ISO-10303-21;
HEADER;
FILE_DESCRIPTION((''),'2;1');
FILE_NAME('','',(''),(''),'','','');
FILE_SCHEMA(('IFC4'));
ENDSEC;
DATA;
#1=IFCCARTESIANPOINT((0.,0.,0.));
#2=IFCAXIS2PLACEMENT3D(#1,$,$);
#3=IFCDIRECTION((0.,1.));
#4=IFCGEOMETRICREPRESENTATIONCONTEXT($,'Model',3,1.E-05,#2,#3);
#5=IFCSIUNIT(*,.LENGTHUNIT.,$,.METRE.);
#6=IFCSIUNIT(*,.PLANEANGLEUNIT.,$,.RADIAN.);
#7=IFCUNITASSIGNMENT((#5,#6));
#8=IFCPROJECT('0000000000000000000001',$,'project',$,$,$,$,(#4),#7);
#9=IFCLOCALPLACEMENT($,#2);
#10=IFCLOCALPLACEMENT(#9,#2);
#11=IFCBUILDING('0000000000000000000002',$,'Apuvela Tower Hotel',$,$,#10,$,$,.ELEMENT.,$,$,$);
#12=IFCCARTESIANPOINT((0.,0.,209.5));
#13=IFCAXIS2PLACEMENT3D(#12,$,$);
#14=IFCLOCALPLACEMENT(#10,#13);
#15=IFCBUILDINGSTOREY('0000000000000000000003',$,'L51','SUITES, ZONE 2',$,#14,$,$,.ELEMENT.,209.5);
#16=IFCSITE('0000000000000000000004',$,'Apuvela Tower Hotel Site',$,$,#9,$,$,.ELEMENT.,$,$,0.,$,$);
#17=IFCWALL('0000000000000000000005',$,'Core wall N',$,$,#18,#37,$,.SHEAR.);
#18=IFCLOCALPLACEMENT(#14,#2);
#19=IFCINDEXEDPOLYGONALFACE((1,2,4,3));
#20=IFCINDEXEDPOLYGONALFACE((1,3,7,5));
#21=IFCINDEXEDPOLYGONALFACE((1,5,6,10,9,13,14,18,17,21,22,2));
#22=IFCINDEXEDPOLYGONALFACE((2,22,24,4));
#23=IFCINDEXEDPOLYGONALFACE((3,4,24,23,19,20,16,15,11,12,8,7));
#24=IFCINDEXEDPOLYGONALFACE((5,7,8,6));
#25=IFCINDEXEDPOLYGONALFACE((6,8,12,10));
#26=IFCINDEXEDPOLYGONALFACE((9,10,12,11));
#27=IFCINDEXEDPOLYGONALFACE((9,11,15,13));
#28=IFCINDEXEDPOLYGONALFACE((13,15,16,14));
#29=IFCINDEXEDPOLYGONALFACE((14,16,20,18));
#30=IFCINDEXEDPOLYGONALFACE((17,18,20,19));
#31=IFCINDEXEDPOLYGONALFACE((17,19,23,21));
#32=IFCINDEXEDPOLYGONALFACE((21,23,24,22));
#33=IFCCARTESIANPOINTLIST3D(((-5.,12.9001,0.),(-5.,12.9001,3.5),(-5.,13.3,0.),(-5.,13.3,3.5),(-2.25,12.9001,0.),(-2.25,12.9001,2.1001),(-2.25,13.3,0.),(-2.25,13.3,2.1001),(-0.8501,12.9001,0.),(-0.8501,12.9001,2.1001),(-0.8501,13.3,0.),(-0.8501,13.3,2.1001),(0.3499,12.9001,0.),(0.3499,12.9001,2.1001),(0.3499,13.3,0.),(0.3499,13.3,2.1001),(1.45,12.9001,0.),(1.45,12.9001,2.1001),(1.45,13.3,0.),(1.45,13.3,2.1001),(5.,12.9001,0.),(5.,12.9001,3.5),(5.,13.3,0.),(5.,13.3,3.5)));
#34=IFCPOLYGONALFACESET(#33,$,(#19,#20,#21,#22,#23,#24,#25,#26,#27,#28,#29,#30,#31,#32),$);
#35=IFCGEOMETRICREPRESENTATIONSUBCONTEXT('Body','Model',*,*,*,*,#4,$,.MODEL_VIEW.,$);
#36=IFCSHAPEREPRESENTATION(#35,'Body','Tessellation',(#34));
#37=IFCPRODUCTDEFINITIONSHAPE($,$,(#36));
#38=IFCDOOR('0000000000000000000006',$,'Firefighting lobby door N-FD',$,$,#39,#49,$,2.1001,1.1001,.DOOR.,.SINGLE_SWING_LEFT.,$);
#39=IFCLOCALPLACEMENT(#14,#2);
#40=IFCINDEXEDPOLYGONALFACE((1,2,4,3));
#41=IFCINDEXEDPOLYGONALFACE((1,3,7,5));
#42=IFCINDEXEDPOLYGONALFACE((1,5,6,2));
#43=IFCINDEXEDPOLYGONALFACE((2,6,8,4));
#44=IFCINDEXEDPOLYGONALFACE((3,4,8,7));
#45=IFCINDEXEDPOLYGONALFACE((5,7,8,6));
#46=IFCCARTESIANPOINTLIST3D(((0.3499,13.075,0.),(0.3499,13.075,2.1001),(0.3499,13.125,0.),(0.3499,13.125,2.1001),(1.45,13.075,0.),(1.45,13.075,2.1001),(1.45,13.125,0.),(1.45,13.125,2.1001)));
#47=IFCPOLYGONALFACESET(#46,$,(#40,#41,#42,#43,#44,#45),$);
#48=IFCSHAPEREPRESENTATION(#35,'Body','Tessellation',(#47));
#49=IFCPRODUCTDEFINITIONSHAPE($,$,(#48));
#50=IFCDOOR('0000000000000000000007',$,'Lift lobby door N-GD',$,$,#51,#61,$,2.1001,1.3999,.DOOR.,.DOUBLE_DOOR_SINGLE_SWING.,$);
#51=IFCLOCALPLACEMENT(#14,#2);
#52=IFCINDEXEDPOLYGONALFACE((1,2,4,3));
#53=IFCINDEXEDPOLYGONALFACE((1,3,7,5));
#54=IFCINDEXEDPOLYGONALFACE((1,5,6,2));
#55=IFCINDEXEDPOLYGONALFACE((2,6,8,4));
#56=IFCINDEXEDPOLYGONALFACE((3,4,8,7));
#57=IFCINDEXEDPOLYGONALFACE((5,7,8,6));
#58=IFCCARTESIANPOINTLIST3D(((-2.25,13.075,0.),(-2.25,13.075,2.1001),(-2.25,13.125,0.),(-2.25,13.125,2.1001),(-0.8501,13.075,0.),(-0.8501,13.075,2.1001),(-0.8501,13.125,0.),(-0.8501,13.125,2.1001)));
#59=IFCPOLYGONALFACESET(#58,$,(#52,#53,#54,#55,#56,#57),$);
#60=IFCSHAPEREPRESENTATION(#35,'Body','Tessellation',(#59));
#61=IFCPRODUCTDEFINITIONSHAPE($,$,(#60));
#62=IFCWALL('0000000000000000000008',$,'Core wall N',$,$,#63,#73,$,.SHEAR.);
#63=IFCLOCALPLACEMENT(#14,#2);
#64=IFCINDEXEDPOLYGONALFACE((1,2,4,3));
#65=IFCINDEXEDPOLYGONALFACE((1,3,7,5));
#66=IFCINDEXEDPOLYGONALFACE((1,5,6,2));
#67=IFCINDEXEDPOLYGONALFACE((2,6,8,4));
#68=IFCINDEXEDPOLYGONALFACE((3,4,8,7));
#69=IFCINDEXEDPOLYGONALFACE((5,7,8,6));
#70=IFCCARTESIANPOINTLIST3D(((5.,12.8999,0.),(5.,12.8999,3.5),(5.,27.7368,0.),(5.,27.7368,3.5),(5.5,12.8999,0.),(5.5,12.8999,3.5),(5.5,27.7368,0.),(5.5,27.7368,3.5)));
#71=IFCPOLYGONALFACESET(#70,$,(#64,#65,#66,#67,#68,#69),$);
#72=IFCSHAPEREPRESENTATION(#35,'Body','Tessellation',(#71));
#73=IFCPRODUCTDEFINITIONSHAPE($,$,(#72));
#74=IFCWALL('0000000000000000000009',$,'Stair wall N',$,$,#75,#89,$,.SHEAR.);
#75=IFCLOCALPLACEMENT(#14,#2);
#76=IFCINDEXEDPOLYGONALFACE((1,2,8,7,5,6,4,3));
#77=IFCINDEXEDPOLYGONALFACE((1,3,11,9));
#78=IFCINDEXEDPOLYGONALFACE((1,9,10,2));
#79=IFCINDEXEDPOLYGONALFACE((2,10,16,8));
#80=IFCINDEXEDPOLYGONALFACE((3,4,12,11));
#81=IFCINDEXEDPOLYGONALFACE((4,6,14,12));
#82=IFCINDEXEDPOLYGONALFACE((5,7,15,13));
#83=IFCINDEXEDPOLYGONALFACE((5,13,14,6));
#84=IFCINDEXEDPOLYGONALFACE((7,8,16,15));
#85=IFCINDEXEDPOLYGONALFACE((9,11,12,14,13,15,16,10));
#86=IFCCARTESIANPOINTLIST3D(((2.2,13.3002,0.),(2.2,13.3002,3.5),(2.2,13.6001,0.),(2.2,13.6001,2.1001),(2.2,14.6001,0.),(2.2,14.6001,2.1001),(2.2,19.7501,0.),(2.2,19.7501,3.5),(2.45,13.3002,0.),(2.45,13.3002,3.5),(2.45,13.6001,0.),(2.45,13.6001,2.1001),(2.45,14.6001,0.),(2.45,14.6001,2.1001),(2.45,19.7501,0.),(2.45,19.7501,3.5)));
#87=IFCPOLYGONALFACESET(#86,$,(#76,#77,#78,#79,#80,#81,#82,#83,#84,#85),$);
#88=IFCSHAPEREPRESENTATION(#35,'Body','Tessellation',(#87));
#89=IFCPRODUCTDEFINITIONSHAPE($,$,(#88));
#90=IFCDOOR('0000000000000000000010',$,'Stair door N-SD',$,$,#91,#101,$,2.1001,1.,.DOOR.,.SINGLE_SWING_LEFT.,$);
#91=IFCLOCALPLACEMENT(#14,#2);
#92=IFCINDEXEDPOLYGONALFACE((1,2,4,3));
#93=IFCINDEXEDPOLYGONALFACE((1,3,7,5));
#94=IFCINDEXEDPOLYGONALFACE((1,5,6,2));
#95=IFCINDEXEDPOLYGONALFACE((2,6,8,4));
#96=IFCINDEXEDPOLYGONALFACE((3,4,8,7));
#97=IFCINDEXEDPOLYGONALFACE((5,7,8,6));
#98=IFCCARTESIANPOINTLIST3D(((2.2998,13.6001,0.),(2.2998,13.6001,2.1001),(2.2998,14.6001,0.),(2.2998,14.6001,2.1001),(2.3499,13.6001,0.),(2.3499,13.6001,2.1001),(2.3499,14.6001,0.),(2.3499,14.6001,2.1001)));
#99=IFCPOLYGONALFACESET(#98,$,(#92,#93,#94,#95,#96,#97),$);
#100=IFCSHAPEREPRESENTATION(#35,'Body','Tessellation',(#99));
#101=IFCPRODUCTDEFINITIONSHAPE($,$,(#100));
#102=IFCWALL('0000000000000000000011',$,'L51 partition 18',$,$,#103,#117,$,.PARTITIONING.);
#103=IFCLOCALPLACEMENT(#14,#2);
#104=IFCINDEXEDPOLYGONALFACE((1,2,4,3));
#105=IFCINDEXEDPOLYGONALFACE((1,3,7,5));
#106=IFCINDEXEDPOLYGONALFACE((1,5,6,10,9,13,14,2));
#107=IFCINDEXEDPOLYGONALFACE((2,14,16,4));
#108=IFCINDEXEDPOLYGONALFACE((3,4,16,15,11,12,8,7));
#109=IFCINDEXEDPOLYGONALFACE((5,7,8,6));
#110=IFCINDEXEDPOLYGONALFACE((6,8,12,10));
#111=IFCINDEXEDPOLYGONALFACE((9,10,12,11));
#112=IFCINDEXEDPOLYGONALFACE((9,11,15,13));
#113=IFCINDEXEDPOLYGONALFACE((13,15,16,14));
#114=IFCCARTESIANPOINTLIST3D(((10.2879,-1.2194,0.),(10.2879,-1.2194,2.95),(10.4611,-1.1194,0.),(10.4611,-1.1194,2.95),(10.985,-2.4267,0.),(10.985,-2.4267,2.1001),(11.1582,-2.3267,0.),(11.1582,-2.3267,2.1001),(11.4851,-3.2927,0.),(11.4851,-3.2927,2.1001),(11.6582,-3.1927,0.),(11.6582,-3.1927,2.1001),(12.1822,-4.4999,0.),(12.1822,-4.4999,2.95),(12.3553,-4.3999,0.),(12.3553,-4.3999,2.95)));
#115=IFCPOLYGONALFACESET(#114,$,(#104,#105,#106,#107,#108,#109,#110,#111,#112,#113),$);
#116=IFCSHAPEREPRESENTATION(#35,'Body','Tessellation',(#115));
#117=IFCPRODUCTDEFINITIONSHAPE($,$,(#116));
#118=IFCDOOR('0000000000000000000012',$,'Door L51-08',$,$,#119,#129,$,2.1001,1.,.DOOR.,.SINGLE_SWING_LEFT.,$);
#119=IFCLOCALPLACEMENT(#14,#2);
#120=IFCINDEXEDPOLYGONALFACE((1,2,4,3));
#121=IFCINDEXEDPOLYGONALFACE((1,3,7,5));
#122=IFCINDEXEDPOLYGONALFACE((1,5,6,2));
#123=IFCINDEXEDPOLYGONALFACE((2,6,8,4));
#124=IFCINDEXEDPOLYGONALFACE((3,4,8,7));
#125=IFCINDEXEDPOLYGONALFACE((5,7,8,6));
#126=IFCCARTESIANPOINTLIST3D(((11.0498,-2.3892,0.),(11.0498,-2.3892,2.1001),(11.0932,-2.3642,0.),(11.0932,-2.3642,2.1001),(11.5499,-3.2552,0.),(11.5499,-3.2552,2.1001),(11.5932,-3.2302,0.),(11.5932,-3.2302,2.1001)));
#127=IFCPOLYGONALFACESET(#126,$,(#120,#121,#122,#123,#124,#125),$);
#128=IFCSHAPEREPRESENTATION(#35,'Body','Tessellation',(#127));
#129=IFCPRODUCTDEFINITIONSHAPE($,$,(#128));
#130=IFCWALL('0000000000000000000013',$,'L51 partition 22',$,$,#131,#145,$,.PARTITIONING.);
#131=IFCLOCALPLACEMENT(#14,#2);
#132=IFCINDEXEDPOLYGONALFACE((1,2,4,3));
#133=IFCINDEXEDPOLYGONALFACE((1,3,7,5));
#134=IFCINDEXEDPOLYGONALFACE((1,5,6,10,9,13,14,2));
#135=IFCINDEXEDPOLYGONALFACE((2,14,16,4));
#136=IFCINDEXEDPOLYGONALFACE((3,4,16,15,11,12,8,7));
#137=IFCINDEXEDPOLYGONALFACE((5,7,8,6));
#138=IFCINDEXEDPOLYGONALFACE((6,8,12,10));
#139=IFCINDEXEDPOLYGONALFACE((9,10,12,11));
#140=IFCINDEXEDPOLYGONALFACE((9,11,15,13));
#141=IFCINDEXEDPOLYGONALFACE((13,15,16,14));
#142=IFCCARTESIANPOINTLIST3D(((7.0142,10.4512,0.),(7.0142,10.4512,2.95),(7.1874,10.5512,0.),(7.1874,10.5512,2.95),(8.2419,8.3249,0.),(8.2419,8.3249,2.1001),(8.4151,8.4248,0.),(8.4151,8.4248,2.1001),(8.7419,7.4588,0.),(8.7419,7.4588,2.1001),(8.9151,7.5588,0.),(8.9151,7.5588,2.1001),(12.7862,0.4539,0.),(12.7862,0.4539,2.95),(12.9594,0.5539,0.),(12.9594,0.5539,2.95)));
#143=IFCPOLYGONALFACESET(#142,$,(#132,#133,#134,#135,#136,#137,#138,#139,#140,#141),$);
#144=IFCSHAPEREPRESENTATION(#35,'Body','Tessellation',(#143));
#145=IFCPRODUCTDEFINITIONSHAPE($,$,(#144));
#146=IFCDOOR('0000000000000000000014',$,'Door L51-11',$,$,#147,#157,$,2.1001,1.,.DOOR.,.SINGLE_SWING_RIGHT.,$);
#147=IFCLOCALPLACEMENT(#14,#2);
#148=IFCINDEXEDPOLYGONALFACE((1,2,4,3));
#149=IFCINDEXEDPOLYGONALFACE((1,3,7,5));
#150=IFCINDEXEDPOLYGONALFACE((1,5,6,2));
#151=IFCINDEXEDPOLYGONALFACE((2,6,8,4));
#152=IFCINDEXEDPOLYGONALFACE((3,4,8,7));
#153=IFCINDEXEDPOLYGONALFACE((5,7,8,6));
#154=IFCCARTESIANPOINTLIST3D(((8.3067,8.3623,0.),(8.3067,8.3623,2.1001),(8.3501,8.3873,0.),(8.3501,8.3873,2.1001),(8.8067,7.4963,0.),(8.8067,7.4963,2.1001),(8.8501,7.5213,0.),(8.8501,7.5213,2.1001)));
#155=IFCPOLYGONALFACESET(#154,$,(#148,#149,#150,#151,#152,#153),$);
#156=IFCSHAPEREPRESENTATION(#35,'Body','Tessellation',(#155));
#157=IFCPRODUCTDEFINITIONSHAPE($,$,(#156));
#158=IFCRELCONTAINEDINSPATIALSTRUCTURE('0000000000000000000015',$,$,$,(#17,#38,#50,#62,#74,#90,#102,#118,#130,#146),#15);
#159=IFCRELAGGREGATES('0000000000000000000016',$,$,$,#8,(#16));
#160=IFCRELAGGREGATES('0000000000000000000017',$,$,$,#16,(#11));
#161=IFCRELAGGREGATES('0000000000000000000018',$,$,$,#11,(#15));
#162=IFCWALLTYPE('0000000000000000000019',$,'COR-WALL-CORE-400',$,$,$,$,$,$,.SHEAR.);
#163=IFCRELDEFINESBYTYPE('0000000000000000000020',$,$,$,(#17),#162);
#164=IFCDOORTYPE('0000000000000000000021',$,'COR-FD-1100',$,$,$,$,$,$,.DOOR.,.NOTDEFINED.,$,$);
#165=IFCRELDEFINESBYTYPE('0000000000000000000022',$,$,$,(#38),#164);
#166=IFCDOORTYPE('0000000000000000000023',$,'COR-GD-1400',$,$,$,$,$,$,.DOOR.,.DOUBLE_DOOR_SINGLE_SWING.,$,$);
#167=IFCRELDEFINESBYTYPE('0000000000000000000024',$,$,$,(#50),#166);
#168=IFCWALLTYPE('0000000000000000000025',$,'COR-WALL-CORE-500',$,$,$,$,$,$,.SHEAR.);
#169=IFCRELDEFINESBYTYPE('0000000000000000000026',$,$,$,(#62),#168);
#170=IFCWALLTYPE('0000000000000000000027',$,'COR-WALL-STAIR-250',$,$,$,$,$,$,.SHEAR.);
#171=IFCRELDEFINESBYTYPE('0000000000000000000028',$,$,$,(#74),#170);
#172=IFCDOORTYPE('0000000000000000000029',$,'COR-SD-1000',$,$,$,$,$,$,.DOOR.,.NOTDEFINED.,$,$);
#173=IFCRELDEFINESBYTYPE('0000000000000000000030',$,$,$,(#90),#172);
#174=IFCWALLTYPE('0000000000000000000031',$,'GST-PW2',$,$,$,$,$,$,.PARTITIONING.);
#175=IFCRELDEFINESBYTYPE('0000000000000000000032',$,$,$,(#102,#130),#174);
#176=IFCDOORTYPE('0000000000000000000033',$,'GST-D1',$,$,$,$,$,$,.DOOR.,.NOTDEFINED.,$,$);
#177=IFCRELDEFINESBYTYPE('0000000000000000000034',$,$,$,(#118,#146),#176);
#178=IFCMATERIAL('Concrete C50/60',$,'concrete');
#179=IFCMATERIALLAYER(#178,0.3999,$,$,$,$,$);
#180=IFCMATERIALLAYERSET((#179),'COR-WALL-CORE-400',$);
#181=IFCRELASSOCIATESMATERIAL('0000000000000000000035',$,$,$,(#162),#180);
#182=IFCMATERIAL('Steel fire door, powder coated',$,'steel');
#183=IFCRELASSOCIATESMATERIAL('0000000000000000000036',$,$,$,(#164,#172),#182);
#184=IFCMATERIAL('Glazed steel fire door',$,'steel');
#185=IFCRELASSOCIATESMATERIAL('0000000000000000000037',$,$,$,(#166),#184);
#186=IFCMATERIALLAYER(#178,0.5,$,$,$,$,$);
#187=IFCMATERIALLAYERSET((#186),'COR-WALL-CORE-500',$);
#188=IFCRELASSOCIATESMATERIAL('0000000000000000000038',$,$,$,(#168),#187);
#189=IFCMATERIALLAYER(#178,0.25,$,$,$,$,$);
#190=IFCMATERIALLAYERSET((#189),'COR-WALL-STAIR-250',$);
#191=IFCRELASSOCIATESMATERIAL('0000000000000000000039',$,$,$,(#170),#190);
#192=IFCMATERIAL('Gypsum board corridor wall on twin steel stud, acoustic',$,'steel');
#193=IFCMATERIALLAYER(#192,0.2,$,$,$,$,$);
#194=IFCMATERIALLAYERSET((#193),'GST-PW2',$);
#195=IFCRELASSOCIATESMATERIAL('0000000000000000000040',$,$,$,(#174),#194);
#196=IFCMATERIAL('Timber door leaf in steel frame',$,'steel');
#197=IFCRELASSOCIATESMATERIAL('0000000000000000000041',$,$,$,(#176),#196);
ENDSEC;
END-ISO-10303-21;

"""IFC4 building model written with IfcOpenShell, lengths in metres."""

from ifc_helpers import new_model, si_unit, direction, frame, frame_2d, origin, place, context, subcontext, project, spatial, rectangle, extrude, material, layer, layer_set, type_object, element, fill, save


model = new_model("IFC4")

# Units and contexts
model_context = context("Model", 3, precision=1e-05, world=origin(), true_north=direction((0.0, 1.0)))
body_context = subcontext(model_context, "Body", "Model", "MODEL_VIEW")
ifc_project = project(units=[si_unit("LENGTHUNIT", "METRE"), si_unit("PLANEANGLEUNIT", "RADIAN")], contexts=[model_context])

# Site, building, storey
site_placement = place(None, origin())
site = spatial("IfcSite", under=ifc_project, at=site_placement, Name="Apuvela Tower Hotel Site", CompositionType="ELEMENT", RefElevation=0.0)
building_placement = place(site_placement, origin())
building = spatial("IfcBuilding", under=site, at=building_placement, Name="Apuvela Tower Hotel", CompositionType="ELEMENT")
storey_placement = place(building_placement, frame((0.0, 0.0, 209.5)))
storey = spatial("IfcBuildingStorey", under=building, at=storey_placement, Name="L51", Description="SUITES, ZONE 2", CompositionType="ELEMENT", Elevation=209.5)

# Shared definitions
ifc_material_1 = material(Name="Concrete C50/60", Category="concrete")

# Wall, openings, doors
ifc_layer_1 = layer(ifc_material_1, 0.3999)
ifc_layer_set_1 = layer_set([ifc_layer_1], Name="COR-WALL-CORE-400")
wall_type_1 = type_object("IfcWallType", Name="COR-WALL-CORE-400", PredefinedType="SHEAR", material=ifc_layer_set_1)
wall_1_placement = place(storey_placement, frame((5.0, 13.1001, 0.0), z_axis=(0.0, 0.0, 1.0), x_axis=(-1.0, 0.0, 0.0)))
wall_1 = element("IfcWall", 1, at=wall_1_placement, inside=storey, type_object=wall_type_1, Name="Core wall N", PredefinedType="SHEAR", context=body_context, shape_type="SweptSolid", body=[
    extrude(rectangle(XDim=10.0, YDim=0.3999, at=frame_2d((5.0, 0.0))), origin(), (0.0, 0.0, 1.0), 3.5),
])
opening_1_placement = place(wall_1_placement, frame((3.55, 0.0, 0.0)))
opening_1 = element("IfcOpeningElement", 2, at=opening_1_placement, cuts=wall_1, PredefinedType="OPENING", context=body_context, shape_type="SweptSolid", body=[
    extrude(rectangle(XDim=1.1001, YDim=2.1001, at=frame_2d((0.55, 1.05))), frame((0.0, 0.21, 0.0), z_axis=(0.0, -1.0, 0.0), x_axis=(1.0, 0.0, 0.0)), (0.0, 0.0, 1.0), 0.4199),
])
opening_2_placement = place(wall_1_placement, frame((5.8501, 0.0, 0.0)))
opening_2 = element("IfcOpeningElement", 3, at=opening_2_placement, cuts=wall_1, PredefinedType="OPENING", context=body_context, shape_type="SweptSolid", body=[
    extrude(rectangle(XDim=1.3999, YDim=2.1001, at=frame_2d((0.7, 1.05))), frame((0.0, 0.21, 0.0), z_axis=(0.0, -1.0, 0.0), x_axis=(1.0, 0.0, 0.0)), (0.0, 0.0, 1.0), 0.4199),
])
ifc_material_2 = material(Name="Steel fire door, powder coated", Category="steel")
door_type_1 = type_object("IfcDoorType", Name="COR-FD-1100", OperationType="NOTDEFINED", PredefinedType="DOOR", material=ifc_material_2)
door_1_placement = place(opening_1_placement, frame((1.1001, 0.0, 0.0), z_axis=(0.0, 0.0, 1.0), x_axis=(-1.0, 0.0, 0.0)))
door_1 = element("IfcDoor", 4, at=door_1_placement, inside=storey, type_object=door_type_1, Name="Firefighting lobby door N-FD", OperationType="SINGLE_SWING_LEFT", OverallHeight=2.1001, OverallWidth=1.1001, PredefinedType="DOOR", context=body_context, shape_type="SweptSolid", body=[
    extrude(rectangle(XDim=1.1001, YDim=2.1001, at=frame_2d((0.55, 1.05))), frame((0.0, 0.0249, 0.0), z_axis=(0.0, -1.0, 0.0), x_axis=(1.0, 0.0, 0.0)), (0.0, 0.0, 1.0), 0.05),
])
fill(opening_1, door_1)
ifc_material_3 = material(Name="Glazed steel fire door", Category="steel")
door_type_2 = type_object("IfcDoorType", Name="COR-GD-1400", OperationType="DOUBLE_DOOR_SINGLE_SWING", PredefinedType="DOOR", material=ifc_material_3)
door_2_placement = place(opening_2_placement, frame((1.3999, 0.0, 0.0), z_axis=(0.0, 0.0, 1.0), x_axis=(-1.0, 0.0, 0.0)))
door_2 = element("IfcDoor", 5, at=door_2_placement, inside=storey, type_object=door_type_2, Name="Lift lobby door N-GD", OperationType="DOUBLE_DOOR_SINGLE_SWING", OverallHeight=2.1001, OverallWidth=1.3999, PredefinedType="DOOR", context=body_context, shape_type="SweptSolid", body=[
    extrude(rectangle(XDim=1.3999, YDim=2.1001, at=frame_2d((0.7, 1.05))), frame((0.0, 0.0249, 0.0), z_axis=(0.0, -1.0, 0.0), x_axis=(1.0, 0.0, 0.0)), (0.0, 0.0, 1.0), 0.05),
])
fill(opening_2, door_2)

# Wall
ifc_layer_2 = layer(ifc_material_1, 0.5)
ifc_layer_set_2 = layer_set([ifc_layer_2], Name="COR-WALL-CORE-500")
wall_type_2 = type_object("IfcWallType", Name="COR-WALL-CORE-500", PredefinedType="SHEAR", material=ifc_layer_set_2)
wall_2_placement = place(storey_placement, frame((5.25, 12.8999, 0.0), z_axis=(0.0, 0.0, 1.0), x_axis=(0.0, 1.0, 0.0)))
element("IfcWall", 6, at=wall_2_placement, inside=storey, type_object=wall_type_2, Name="Core wall N", PredefinedType="SHEAR", context=body_context, shape_type="SweptSolid", body=[
    extrude(rectangle(XDim=14.8369, YDim=0.5, at=frame_2d((7.4185, 0.0))), origin(), (0.0, 0.0, 1.0), 3.5),
])

# Walls, openings, doors
ifc_layer_3 = layer(ifc_material_1, 0.25)
ifc_layer_set_3 = layer_set([ifc_layer_3], Name="COR-WALL-STAIR-250")
wall_type_3 = type_object("IfcWallType", Name="COR-WALL-STAIR-250", PredefinedType="SHEAR", material=ifc_layer_set_3)
wall_3_placement = place(storey_placement, frame((2.325, 13.3, 0.0), z_axis=(0.0, 0.0, 1.0), x_axis=(0.0, 1.0, 0.0)))
wall_3 = element("IfcWall", 7, at=wall_3_placement, inside=storey, type_object=wall_type_3, Name="Stair wall N", PredefinedType="SHEAR", context=body_context, shape_type="SweptSolid", body=[
    extrude(rectangle(XDim=6.45, YDim=0.25, at=frame_2d((3.2251, 0.0))), origin(), (0.0, 0.0, 1.0), 3.5),
])
opening_3_placement = place(wall_3_placement, frame((0.3, 0.0, 0.0)))
opening_3 = element("IfcOpeningElement", 8, at=opening_3_placement, cuts=wall_3, PredefinedType="OPENING", context=body_context, shape_type="SweptSolid", body=[
    extrude(rectangle(XDim=1.0, YDim=2.1001, at=frame_2d((0.5, 1.05))), frame((0.0, 0.135, 0.0), z_axis=(0.0, -1.0, 0.0), x_axis=(1.0, 0.0, 0.0)), (0.0, 0.0, 1.0), 0.27),
])
door_type_3 = type_object("IfcDoorType", Name="COR-SD-1000", OperationType="NOTDEFINED", PredefinedType="DOOR", material=ifc_material_2)
door_3_placement = place(opening_3_placement, frame((1.0, 0.0, 0.0), z_axis=(0.0, 0.0, 1.0), x_axis=(-1.0, 0.0, 0.0)))
door_3 = element("IfcDoor", 9, at=door_3_placement, inside=storey, type_object=door_type_3, Name="Stair door N-SD", OperationType="SINGLE_SWING_LEFT", OverallHeight=2.1001, OverallWidth=1.0, PredefinedType="DOOR", context=body_context, shape_type="SweptSolid", body=[
    extrude(rectangle(XDim=1.0, YDim=2.1001, at=frame_2d((0.5, 1.05))), frame((0.0, 0.0249, 0.0), z_axis=(0.0, -1.0, 0.0), x_axis=(1.0, 0.0, 0.0)), (0.0, 0.0, 1.0), 0.05),
])
fill(opening_3, door_3)
ifc_material_4 = material(Name="Gypsum board corridor wall on twin steel stud, acoustic", Category="steel")
ifc_layer_4 = layer(ifc_material_4, 0.2)
ifc_layer_set_4 = layer_set([ifc_layer_4], Name="GST-PW2")
wall_type_4 = type_object("IfcWallType", Name="GST-PW2", PredefinedType="PARTITIONING", material=ifc_layer_set_4)
wall_4_placement = place(storey_placement, frame((10.3745, -1.1694, 0.0), z_axis=(0.0, 0.0, 1.0), x_axis=(0.500055, -0.865993, 0.0)))
wall_4 = element("IfcWall", 10, at=wall_4_placement, inside=storey, type_object=wall_type_4, Name="L51 partition 18", PredefinedType="PARTITIONING", context=body_context, shape_type="SweptSolid", body=[
    extrude(rectangle(XDim=3.7881, YDim=0.2, at=frame_2d((1.894, 0.0))), origin(), (0.0, 0.0, 1.0), 2.95),
])
opening_4_placement = place(wall_4_placement, frame((1.394, 0.0, 0.0)))
opening_4 = element("IfcOpeningElement", 11, at=opening_4_placement, cuts=wall_4, PredefinedType="OPENING", context=body_context, shape_type="SweptSolid", body=[
    extrude(rectangle(XDim=1.0, YDim=2.1001, at=frame_2d((0.5, 1.05))), frame((0.0, 0.1099, 0.0), z_axis=(0.0, -1.0, 0.0), x_axis=(1.0, 0.0, 0.0)), (0.0, 0.0, 1.0), 0.22),
])
ifc_material_5 = material(Name="Timber door leaf in steel frame", Category="steel")
door_type_4 = type_object("IfcDoorType", Name="GST-D1", OperationType="NOTDEFINED", PredefinedType="DOOR", material=ifc_material_5)
door_4_placement = place(opening_4_placement, origin())
door_4 = element("IfcDoor", 12, at=door_4_placement, inside=storey, type_object=door_type_4, Name="Door L51-08", OperationType="SINGLE_SWING_LEFT", OverallHeight=2.1001, OverallWidth=1.0, PredefinedType="DOOR", context=body_context, shape_type="SweptSolid", body=[
    extrude(rectangle(XDim=1.0, YDim=2.1001, at=frame_2d((0.5, 1.05))), frame((0.0, 0.0249, 0.0), z_axis=(0.0, -1.0, 0.0), x_axis=(1.0, 0.0, 0.0)), (0.0, 0.0, 1.0), 0.05),
])
fill(opening_4, door_4)
wall_5_placement = place(storey_placement, frame((7.1008, 10.5012, 0.0), z_axis=(0.0, 0.0, 1.0), x_axis=(0.500001, -0.866025, 0.0)))
wall_5 = element("IfcWall", 13, at=wall_5_placement, inside=storey, type_object=wall_type_4, Name="L51 partition 22", PredefinedType="PARTITIONING", context=body_context, shape_type="SweptSolid", body=[
    extrude(rectangle(XDim=11.5439, YDim=0.2, at=frame_2d((5.772, 0.0))), origin(), (0.0, 0.0, 1.0), 2.95),
])
opening_5_placement = place(wall_5_placement, frame((2.4553, 0.0, 0.0)))
opening_5 = element("IfcOpeningElement", 14, at=opening_5_placement, cuts=wall_5, PredefinedType="OPENING", context=body_context, shape_type="SweptSolid", body=[
    extrude(rectangle(XDim=1.0, YDim=2.1001, at=frame_2d((0.5, 1.05))), frame((0.0, 0.1099, 0.0), z_axis=(0.0, -1.0, 0.0), x_axis=(1.0, 0.0, 0.0)), (0.0, 0.0, 1.0), 0.22),
])
door_5_placement = place(opening_5_placement, origin())
door_5 = element("IfcDoor", 15, at=door_5_placement, inside=storey, type_object=door_type_4, Name="Door L51-11", OperationType="SINGLE_SWING_RIGHT", OverallHeight=2.1001, OverallWidth=1.0, PredefinedType="DOOR", context=body_context, shape_type="SweptSolid", body=[
    extrude(rectangle(XDim=1.0, YDim=2.1001, at=frame_2d((0.5, 1.05))), frame((0.0, 0.0249, 0.0), z_axis=(0.0, -1.0, 0.0), x_axis=(1.0, 0.0, 0.0)), (0.0, 0.0, 1.0), 0.05),
])
fill(opening_5, door_5)

save(model, "model.ifc")
